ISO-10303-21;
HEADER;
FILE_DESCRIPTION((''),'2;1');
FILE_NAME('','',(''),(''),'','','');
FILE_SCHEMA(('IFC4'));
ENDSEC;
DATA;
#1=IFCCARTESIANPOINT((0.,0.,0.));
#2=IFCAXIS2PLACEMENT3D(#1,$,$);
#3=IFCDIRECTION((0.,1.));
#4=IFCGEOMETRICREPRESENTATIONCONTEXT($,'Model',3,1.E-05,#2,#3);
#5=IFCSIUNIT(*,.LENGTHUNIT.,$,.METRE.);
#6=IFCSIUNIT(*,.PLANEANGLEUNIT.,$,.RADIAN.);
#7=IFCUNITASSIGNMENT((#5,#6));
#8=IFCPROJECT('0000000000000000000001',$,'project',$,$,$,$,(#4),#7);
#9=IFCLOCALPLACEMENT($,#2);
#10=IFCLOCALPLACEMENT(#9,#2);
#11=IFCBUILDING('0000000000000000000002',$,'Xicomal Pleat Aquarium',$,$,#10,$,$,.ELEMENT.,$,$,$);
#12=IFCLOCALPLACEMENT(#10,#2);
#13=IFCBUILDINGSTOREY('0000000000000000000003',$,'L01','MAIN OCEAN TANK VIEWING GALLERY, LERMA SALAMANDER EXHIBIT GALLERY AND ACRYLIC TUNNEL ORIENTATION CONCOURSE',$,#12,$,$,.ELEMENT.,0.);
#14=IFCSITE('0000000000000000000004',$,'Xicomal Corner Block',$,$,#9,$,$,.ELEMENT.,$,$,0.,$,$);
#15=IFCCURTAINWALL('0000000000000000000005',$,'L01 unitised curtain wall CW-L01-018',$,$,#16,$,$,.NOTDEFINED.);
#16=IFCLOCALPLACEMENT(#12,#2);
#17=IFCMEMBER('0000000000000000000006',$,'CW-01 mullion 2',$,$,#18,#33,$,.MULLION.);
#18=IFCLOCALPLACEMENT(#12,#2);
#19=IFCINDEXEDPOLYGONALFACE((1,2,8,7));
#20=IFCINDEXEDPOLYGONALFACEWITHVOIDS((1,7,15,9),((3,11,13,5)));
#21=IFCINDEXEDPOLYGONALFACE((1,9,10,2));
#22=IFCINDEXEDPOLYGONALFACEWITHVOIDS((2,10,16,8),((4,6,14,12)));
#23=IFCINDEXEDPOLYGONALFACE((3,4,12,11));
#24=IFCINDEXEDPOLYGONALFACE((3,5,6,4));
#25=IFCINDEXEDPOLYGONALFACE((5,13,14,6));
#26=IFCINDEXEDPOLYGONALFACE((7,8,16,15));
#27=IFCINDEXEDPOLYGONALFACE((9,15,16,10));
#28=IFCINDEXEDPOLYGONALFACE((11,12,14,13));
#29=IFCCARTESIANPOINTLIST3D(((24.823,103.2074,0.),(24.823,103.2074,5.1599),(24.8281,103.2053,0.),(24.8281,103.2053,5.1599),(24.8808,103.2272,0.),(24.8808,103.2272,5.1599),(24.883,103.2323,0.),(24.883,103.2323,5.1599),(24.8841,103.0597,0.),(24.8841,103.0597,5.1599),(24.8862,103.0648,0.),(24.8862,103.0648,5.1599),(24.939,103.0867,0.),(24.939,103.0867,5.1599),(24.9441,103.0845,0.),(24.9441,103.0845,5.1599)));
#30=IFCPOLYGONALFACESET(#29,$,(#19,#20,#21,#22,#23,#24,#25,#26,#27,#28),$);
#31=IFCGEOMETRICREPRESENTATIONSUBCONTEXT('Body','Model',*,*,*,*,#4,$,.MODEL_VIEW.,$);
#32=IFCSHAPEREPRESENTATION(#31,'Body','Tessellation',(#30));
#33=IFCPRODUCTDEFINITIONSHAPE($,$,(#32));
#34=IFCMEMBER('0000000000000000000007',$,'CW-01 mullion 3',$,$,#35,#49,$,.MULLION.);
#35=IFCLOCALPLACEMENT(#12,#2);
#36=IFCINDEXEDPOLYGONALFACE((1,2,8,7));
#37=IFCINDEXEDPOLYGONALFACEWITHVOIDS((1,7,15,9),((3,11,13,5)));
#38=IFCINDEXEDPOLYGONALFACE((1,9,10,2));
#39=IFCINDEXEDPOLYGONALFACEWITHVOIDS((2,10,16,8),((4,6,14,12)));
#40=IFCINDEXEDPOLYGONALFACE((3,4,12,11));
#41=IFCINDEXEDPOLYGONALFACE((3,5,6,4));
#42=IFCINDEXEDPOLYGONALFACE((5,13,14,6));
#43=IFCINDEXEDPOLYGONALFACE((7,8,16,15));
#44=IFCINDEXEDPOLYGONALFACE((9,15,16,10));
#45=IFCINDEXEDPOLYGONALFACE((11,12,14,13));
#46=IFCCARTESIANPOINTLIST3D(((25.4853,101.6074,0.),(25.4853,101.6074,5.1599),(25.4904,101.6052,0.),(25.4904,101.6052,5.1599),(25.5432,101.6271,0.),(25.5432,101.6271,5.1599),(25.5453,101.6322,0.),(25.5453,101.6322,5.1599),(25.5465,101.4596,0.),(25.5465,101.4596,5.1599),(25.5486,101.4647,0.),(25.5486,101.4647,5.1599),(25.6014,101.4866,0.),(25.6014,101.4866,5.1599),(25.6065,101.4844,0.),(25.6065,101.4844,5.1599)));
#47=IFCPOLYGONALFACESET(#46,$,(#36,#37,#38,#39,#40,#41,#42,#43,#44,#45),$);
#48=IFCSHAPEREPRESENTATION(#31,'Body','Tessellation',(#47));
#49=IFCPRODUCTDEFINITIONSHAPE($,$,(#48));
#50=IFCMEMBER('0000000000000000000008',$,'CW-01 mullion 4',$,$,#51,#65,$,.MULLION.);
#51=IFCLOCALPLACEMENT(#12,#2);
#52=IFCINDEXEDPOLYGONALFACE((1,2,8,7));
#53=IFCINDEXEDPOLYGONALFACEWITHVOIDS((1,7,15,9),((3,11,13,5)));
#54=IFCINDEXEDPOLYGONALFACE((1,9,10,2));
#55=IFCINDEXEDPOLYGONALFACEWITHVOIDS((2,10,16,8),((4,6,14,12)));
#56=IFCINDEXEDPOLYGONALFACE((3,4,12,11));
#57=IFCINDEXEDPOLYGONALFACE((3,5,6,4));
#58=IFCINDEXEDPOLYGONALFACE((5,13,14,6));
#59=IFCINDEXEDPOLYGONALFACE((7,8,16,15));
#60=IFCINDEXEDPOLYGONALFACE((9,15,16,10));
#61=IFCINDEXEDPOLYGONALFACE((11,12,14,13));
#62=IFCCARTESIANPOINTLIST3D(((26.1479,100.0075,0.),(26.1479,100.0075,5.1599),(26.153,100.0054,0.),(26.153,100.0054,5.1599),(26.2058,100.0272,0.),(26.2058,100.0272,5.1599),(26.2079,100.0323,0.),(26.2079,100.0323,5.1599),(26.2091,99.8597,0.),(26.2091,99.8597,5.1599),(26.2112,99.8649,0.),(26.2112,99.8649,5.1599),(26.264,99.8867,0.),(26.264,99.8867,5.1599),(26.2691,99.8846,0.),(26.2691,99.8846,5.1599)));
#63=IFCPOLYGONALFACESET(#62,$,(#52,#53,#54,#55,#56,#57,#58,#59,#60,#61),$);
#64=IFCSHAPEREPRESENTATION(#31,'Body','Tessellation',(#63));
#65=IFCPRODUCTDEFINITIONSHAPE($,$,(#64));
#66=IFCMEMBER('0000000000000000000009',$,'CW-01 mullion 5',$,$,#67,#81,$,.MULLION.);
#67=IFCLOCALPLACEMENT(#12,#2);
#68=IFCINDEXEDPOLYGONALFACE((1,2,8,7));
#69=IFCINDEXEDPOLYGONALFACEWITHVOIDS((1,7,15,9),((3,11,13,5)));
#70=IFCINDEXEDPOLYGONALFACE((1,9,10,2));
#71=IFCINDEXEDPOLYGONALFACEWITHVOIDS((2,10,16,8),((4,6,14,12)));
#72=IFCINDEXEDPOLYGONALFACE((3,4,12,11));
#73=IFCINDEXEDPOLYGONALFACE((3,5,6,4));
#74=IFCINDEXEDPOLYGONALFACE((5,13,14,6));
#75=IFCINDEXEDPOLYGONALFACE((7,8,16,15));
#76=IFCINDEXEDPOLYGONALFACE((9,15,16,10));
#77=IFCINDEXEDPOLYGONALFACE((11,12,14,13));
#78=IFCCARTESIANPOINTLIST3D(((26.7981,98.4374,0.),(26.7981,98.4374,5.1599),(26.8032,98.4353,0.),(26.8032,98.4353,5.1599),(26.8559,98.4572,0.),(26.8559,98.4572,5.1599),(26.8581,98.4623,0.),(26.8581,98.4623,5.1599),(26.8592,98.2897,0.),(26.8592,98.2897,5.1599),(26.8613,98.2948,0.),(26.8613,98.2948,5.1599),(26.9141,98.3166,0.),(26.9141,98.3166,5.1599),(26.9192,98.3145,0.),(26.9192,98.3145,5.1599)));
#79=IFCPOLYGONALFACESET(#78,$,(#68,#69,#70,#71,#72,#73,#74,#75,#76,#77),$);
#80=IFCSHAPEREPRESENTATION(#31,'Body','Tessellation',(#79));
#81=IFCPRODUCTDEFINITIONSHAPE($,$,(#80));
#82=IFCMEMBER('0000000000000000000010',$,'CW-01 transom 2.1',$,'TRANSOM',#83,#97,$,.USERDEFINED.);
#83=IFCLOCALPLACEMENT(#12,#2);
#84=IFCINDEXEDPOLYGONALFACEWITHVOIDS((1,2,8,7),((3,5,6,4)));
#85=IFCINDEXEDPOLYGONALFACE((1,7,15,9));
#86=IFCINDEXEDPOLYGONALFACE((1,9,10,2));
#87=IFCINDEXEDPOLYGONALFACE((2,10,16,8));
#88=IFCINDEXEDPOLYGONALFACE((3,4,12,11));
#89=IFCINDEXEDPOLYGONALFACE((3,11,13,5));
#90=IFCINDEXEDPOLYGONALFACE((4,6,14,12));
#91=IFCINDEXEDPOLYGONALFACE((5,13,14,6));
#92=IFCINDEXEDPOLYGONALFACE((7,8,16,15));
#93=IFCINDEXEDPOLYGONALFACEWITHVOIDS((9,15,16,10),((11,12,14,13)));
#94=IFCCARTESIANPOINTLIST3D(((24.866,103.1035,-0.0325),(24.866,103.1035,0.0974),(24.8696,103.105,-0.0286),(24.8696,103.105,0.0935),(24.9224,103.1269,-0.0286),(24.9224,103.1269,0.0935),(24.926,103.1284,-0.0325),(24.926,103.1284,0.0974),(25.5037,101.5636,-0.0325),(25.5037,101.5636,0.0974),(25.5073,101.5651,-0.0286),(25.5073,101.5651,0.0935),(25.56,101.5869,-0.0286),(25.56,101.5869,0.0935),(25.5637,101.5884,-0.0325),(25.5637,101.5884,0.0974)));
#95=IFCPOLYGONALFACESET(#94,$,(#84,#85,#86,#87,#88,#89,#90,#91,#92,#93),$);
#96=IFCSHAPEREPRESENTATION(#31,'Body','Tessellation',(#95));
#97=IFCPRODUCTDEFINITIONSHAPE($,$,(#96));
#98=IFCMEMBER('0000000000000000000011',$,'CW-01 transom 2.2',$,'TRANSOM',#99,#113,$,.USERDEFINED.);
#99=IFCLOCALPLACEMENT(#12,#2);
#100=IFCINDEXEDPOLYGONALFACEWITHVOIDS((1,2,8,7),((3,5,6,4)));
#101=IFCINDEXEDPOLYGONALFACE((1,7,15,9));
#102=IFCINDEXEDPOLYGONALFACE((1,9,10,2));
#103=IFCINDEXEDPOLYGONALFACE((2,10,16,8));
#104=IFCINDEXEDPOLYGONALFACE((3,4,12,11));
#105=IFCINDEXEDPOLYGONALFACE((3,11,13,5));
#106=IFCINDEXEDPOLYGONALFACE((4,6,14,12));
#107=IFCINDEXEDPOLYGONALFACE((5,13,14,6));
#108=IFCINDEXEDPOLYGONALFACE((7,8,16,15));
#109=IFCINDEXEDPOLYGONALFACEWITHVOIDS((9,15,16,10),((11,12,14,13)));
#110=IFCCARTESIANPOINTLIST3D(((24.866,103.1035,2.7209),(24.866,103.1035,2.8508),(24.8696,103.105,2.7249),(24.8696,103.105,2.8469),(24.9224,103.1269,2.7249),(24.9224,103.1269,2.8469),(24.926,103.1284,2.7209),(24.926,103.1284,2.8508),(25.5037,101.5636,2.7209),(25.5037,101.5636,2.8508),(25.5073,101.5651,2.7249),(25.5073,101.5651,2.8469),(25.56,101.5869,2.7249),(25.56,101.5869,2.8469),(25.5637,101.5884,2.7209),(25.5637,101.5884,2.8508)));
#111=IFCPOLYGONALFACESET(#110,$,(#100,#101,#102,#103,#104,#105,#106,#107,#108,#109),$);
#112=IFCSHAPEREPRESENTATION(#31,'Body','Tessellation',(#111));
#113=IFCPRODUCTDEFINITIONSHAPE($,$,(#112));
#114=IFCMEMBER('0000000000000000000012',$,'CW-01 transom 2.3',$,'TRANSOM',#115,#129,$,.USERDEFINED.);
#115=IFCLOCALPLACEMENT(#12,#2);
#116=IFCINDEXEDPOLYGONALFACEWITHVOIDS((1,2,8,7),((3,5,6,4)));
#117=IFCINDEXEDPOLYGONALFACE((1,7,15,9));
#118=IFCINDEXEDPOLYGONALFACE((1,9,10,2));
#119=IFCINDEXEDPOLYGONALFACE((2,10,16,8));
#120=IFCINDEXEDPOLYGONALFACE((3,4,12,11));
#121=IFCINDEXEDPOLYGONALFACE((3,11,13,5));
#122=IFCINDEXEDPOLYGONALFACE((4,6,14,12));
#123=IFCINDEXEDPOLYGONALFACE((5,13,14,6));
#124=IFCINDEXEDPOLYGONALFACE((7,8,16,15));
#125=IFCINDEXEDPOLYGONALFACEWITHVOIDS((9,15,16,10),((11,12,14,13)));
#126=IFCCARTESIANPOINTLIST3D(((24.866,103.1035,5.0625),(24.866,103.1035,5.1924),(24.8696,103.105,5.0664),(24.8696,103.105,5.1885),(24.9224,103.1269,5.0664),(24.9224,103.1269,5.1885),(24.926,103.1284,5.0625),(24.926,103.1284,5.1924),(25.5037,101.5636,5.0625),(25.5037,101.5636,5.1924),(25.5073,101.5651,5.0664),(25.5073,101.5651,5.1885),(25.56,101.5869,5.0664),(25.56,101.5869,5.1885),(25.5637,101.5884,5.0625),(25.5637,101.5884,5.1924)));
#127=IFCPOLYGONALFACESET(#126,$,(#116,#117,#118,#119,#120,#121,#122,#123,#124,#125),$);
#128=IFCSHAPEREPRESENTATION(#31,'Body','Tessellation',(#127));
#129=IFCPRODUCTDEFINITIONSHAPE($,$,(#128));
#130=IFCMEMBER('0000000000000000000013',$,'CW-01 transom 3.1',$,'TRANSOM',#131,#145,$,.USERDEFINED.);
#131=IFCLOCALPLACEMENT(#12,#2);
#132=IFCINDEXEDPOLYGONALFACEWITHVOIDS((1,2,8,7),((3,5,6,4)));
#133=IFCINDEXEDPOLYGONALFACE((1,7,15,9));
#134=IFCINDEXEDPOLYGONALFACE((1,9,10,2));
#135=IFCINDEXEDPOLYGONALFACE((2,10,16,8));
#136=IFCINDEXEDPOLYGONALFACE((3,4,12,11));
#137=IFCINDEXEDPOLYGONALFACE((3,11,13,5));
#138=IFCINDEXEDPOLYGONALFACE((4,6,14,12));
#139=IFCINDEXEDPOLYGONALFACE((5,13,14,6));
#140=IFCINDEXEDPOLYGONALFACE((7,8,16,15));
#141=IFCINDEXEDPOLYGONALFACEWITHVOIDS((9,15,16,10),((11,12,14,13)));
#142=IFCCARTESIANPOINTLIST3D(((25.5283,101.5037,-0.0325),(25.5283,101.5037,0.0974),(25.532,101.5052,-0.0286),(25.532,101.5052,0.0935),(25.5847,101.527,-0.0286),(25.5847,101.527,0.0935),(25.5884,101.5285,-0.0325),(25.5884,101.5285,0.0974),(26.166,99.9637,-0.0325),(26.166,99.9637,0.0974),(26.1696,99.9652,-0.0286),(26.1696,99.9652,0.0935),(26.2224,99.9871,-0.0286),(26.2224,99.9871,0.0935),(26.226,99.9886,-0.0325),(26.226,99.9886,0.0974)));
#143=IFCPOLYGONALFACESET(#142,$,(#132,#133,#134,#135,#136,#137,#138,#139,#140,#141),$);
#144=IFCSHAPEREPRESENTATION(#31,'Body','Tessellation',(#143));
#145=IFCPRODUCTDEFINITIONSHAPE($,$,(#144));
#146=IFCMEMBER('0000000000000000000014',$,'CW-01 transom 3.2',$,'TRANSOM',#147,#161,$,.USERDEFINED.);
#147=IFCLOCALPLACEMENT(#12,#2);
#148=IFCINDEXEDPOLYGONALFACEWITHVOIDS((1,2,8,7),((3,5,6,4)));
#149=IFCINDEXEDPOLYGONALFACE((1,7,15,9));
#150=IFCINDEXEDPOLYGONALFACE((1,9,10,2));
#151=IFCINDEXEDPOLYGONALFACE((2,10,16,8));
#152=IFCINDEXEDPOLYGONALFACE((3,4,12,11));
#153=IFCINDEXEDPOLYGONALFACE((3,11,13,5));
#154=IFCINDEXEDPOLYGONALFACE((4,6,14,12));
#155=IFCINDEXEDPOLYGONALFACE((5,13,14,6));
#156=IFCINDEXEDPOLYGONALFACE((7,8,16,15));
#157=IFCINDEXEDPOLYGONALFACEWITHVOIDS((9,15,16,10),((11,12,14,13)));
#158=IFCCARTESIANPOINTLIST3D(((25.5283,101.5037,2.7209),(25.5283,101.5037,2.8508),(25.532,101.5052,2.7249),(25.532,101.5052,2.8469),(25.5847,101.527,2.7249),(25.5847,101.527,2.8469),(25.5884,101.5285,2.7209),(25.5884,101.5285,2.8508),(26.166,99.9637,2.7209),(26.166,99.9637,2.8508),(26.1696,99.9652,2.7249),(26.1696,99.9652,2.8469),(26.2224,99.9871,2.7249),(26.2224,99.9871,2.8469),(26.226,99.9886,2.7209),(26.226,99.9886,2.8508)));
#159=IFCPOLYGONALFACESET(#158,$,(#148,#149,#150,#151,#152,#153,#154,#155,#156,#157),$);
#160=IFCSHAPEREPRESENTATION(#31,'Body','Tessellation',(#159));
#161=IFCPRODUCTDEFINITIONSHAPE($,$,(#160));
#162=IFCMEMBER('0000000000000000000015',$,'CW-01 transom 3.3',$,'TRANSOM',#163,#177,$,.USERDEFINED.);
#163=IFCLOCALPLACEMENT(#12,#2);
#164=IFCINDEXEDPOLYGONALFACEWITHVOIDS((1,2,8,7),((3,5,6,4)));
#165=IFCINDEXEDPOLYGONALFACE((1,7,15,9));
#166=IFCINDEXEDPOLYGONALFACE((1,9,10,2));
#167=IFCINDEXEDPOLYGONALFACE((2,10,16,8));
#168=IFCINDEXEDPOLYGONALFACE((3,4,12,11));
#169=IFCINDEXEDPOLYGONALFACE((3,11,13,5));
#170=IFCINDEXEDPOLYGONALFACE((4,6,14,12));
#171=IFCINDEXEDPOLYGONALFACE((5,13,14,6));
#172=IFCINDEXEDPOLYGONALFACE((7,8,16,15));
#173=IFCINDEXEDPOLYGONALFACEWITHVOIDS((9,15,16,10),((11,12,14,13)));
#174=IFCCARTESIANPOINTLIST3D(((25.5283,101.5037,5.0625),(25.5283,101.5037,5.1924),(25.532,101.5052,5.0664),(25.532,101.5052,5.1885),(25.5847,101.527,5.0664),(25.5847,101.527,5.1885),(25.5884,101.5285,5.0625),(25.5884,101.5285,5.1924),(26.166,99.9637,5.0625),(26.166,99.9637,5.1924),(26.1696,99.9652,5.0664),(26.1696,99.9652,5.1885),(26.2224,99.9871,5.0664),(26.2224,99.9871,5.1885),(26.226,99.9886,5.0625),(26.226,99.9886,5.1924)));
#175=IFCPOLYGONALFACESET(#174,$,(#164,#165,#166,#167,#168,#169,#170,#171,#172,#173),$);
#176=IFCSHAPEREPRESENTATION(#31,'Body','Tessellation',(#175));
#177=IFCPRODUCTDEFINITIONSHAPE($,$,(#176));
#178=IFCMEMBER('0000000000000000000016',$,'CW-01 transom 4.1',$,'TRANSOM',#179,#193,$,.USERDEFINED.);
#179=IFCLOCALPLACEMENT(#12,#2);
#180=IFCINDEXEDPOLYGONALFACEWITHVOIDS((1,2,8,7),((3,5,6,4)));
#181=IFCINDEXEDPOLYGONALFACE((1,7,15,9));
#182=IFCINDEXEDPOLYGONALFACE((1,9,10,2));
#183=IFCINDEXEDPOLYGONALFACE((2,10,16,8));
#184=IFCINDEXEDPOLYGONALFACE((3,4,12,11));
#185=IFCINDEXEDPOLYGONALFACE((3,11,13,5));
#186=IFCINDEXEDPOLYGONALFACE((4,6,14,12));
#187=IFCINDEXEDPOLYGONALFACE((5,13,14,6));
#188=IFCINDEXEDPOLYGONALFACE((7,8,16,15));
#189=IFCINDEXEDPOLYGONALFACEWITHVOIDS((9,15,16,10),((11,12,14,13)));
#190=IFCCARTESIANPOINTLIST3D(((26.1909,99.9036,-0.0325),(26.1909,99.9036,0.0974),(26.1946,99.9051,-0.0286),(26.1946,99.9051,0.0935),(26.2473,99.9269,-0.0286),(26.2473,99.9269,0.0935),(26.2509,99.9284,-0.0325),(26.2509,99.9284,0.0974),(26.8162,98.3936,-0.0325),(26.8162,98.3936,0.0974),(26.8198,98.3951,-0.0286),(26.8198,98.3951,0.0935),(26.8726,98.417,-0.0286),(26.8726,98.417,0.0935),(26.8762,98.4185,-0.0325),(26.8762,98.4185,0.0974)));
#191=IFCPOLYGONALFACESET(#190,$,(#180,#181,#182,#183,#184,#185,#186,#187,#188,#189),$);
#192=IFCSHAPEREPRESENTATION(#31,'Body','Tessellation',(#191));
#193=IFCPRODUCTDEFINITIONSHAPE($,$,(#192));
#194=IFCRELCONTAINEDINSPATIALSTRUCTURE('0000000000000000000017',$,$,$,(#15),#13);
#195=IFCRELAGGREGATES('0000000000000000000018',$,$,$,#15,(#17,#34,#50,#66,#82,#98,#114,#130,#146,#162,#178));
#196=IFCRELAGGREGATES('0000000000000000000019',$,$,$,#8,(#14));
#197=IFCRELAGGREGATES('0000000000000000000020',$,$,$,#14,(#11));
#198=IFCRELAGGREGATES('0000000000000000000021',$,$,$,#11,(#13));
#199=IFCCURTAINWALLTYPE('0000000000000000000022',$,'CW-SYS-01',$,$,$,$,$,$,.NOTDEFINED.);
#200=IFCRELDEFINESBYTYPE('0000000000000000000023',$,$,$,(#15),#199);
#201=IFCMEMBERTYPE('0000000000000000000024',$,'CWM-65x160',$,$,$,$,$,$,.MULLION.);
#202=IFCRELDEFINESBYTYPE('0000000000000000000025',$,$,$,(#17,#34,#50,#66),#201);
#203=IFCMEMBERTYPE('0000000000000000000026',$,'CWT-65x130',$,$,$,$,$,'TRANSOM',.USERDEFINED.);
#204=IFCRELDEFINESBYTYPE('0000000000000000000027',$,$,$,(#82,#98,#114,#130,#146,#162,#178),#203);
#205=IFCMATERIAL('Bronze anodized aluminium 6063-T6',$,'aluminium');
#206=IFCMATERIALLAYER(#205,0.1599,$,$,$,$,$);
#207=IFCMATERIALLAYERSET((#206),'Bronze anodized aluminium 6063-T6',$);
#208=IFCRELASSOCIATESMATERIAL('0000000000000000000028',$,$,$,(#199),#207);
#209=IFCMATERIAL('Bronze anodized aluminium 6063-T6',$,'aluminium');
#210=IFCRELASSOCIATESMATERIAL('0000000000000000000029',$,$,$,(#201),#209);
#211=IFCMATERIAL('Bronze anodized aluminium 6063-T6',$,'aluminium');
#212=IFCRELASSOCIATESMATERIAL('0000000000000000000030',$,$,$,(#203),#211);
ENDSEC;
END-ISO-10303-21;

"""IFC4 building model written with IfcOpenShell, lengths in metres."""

from ifc_helpers import new_model, si_unit, direction, frame, origin, origin_2d, place, context, subcontext, project, spatial, hollow_rectangle, extrude, material, layer, layer_set, material_profile, profile_set, type_object, element, aggregate, save


model = new_model("IFC4")

# Units and contexts
model_context = context("Model", 3, precision=1e-05, world=origin(), true_north=direction((0.0, 1.0)))
body_context = subcontext(model_context, "Body", "Model", "MODEL_VIEW")
ifc_project = project(units=[si_unit("LENGTHUNIT", "METRE"), si_unit("PLANEANGLEUNIT", "RADIAN")], contexts=[model_context])

# Site, building, storey
site_placement = place(None, origin())
site = spatial("IfcSite", under=ifc_project, at=site_placement, Name="Xicomal Corner Block", CompositionType="ELEMENT", RefElevation=0.0)
building_placement = place(site_placement, origin())
building = spatial("IfcBuilding", under=site, at=building_placement, Name="Xicomal Pleat Aquarium", CompositionType="ELEMENT")
storey_placement = place(building_placement, origin())
storey = spatial("IfcBuildingStorey", under=building, at=storey_placement, Name="L01", Description="MAIN OCEAN TANK VIEWING GALLERY, LERMA SALAMANDER EXHIBIT GALLERY AND ACRYLIC TUNNEL ORIENTATION CONCOURSE", CompositionType="ELEMENT", Elevation=0.0)

# Curtain wall, members
ifc_material_1 = material(Name="Bronze anodized aluminium 6063-T6", Category="aluminium")
ifc_layer_1 = layer(ifc_material_1, 0.1599)
ifc_layer_set_1 = layer_set([ifc_layer_1], Name="Bronze anodized aluminium 6063-T6")
curtain_wall_type = type_object("IfcCurtainWallType", Name="CW-SYS-01", PredefinedType="NOTDEFINED", material=ifc_layer_set_1)
curtain_wall_placement = place(storey_placement, origin())
curtain_wall = element("IfcCurtainWall", 1, at=curtain_wall_placement, inside=storey, type_object=curtain_wall_type, Name="L01 unitised curtain wall CW-L01-018", PredefinedType="NOTDEFINED")
ifc_material_2 = material(Name="Bronze anodized aluminium 6063-T6", Category="aluminium")
ifc_material_profile_1 = material_profile(ifc_material_2, hollow_rectangle(XDim=0.0649, YDim=0.1599, WallThickness=0.0039, at=origin_2d()), Name="ALU MULL 65x160")
ifc_profile_set_1 = profile_set([ifc_material_profile_1], Name="Bronze anodized aluminium 6063-T6")
member_type_1 = type_object("IfcMemberType", Name="CWM-65x160", PredefinedType="MULLION", material=ifc_profile_set_1)
member_1_placement = place(storey_placement, frame((24.8835, 103.146, 0.0), z_axis=(0.0, 0.0, 1.0), x_axis=(0.923929, 0.382564, 0.0)))
member_1 = element("IfcMember", 2, at=member_1_placement, type_object=member_type_1, Name="CW-01 mullion 2", PredefinedType="MULLION", context=body_context, shape_type="SweptSolid", body=[
    extrude(hollow_rectangle(XDim=0.0649, YDim=0.1599, WallThickness=0.0039, at=origin_2d()), origin(), (0.0, 0.0, 1.0), 5.1599),
])
member_2_placement = place(storey_placement, frame((25.5459, 101.5459, 0.0), z_axis=(0.0, 0.0, 1.0), x_axis=(0.923929, 0.382564, 0.0)))
member_2 = element("IfcMember", 3, at=member_2_placement, type_object=member_type_1, Name="CW-01 mullion 3", PredefinedType="MULLION", context=body_context, shape_type="SweptSolid", body=[
    extrude(hollow_rectangle(XDim=0.0649, YDim=0.1599, WallThickness=0.0039, at=origin_2d()), origin(), (0.0, 0.0, 1.0), 5.1599),
])
member_3_placement = place(storey_placement, frame((26.2085, 99.946, 0.0), z_axis=(0.0, 0.0, 1.0), x_axis=(0.923929, 0.382564, 0.0)))
member_3 = element("IfcMember", 4, at=member_3_placement, type_object=member_type_1, Name="CW-01 mullion 4", PredefinedType="MULLION", context=body_context, shape_type="SweptSolid", body=[
    extrude(hollow_rectangle(XDim=0.0649, YDim=0.1599, WallThickness=0.0039, at=origin_2d()), origin(), (0.0, 0.0, 1.0), 5.1599),
])
member_4_placement = place(storey_placement, frame((26.8586, 98.376, 0.0), z_axis=(0.0, 0.0, 1.0), x_axis=(0.923929, 0.382564, 0.0)))
member_4 = element("IfcMember", 5, at=member_4_placement, type_object=member_type_1, Name="CW-01 mullion 5", PredefinedType="MULLION", context=body_context, shape_type="SweptSolid", body=[
    extrude(hollow_rectangle(XDim=0.0649, YDim=0.1599, WallThickness=0.0039, at=origin_2d()), origin(), (0.0, 0.0, 1.0), 5.1599),
])
ifc_material_3 = material(Name="Bronze anodized aluminium 6063-T6", Category="aluminium")
ifc_material_profile_2 = material_profile(ifc_material_3, hollow_rectangle(XDim=0.0649, YDim=0.1299, WallThickness=0.0039, at=origin_2d()), Name="ALU TRAN 65x130")
ifc_profile_set_2 = profile_set([ifc_material_profile_2], Name="Bronze anodized aluminium 6063-T6")
member_type_2 = type_object("IfcMemberType", Name="CWT-65x130", ElementType="TRANSOM", PredefinedType="USERDEFINED", material=ifc_profile_set_2)
member_5_placement = place(storey_placement, frame((24.896, 103.116, 0.0325), z_axis=(0.382576, -0.923924, 0.0), x_axis=(0.923924, 0.382576, 0.0)))
member_5 = element("IfcMember", 6, at=member_5_placement, type_object=member_type_2, Name="CW-01 transom 2.1", ObjectType="TRANSOM", PredefinedType="USERDEFINED", context=body_context, shape_type="SweptSolid", body=[
    extrude(hollow_rectangle(XDim=0.0649, YDim=0.1299, WallThickness=0.0039, at=origin_2d()), origin(), (0.0, 0.0, 1.0), 1.6667),
])
member_6_placement = place(storey_placement, frame((24.896, 103.116, 2.7859), z_axis=(0.382576, -0.923924, 0.0), x_axis=(0.923924, 0.382576, 0.0)))
member_6 = element("IfcMember", 7, at=member_6_placement, type_object=member_type_2, Name="CW-01 transom 2.2", ObjectType="TRANSOM", PredefinedType="USERDEFINED", context=body_context, shape_type="SweptSolid", body=[
    extrude(hollow_rectangle(XDim=0.0649, YDim=0.1299, WallThickness=0.0039, at=origin_2d()), origin(), (0.0, 0.0, 1.0), 1.6667),
])
member_7_placement = place(storey_placement, frame((24.896, 103.116, 5.1274), z_axis=(0.382576, -0.923924, 0.0), x_axis=(0.923924, 0.382576, 0.0)))
member_7 = element("IfcMember", 8, at=member_7_placement, type_object=member_type_2, Name="CW-01 transom 2.3", ObjectType="TRANSOM", PredefinedType="USERDEFINED", context=body_context, shape_type="SweptSolid", body=[
    extrude(hollow_rectangle(XDim=0.0649, YDim=0.1299, WallThickness=0.0039, at=origin_2d()), origin(), (0.0, 0.0, 1.0), 1.6667),
])
member_8_placement = place(storey_placement, frame((25.5583, 101.5161, 0.0325), z_axis=(0.382576, -0.923924, 0.0), x_axis=(0.923924, 0.382576, 0.0)))
member_8 = element("IfcMember", 9, at=member_8_placement, type_object=member_type_2, Name="CW-01 transom 3.1", ObjectType="TRANSOM", PredefinedType="USERDEFINED", context=body_context, shape_type="SweptSolid", body=[
    extrude(hollow_rectangle(XDim=0.0649, YDim=0.1299, WallThickness=0.0039, at=origin_2d()), origin(), (0.0, 0.0, 1.0), 1.6667),
])
member_9_placement = place(storey_placement, frame((25.5583, 101.5161, 2.7859), z_axis=(0.382576, -0.923924, 0.0), x_axis=(0.923924, 0.382576, 0.0)))
member_9 = element("IfcMember", 10, at=member_9_placement, type_object=member_type_2, Name="CW-01 transom 3.2", ObjectType="TRANSOM", PredefinedType="USERDEFINED", context=body_context, shape_type="SweptSolid", body=[
    extrude(hollow_rectangle(XDim=0.0649, YDim=0.1299, WallThickness=0.0039, at=origin_2d()), origin(), (0.0, 0.0, 1.0), 1.6667),
])
member_10_placement = place(storey_placement, frame((25.5583, 101.5161, 5.1274), z_axis=(0.382576, -0.923924, 0.0), x_axis=(0.923924, 0.382576, 0.0)))
member_10 = element("IfcMember", 11, at=member_10_placement, type_object=member_type_2, Name="CW-01 transom 3.3", ObjectType="TRANSOM", PredefinedType="USERDEFINED", context=body_context, shape_type="SweptSolid", body=[
    extrude(hollow_rectangle(XDim=0.0649, YDim=0.1299, WallThickness=0.0039, at=origin_2d()), origin(), (0.0, 0.0, 1.0), 1.6667),
])
member_11_placement = place(storey_placement, frame((26.2209, 99.916, 0.0325), z_axis=(0.382567, -0.923928, 0.0), x_axis=(0.923928, 0.382567, 0.0)))
member_11 = element("IfcMember", 12, at=member_11_placement, type_object=member_type_2, Name="CW-01 transom 4.1", ObjectType="TRANSOM", PredefinedType="USERDEFINED", context=body_context, shape_type="SweptSolid", body=[
    extrude(hollow_rectangle(XDim=0.0649, YDim=0.1299, WallThickness=0.0039, at=origin_2d()), origin(), (0.0, 0.0, 1.0), 1.6343),
])
aggregate(curtain_wall, [member_1, member_2, member_3, member_4, member_5, member_6, member_7, member_8, member_9, member_10, member_11])

save(model, "model.ifc")
